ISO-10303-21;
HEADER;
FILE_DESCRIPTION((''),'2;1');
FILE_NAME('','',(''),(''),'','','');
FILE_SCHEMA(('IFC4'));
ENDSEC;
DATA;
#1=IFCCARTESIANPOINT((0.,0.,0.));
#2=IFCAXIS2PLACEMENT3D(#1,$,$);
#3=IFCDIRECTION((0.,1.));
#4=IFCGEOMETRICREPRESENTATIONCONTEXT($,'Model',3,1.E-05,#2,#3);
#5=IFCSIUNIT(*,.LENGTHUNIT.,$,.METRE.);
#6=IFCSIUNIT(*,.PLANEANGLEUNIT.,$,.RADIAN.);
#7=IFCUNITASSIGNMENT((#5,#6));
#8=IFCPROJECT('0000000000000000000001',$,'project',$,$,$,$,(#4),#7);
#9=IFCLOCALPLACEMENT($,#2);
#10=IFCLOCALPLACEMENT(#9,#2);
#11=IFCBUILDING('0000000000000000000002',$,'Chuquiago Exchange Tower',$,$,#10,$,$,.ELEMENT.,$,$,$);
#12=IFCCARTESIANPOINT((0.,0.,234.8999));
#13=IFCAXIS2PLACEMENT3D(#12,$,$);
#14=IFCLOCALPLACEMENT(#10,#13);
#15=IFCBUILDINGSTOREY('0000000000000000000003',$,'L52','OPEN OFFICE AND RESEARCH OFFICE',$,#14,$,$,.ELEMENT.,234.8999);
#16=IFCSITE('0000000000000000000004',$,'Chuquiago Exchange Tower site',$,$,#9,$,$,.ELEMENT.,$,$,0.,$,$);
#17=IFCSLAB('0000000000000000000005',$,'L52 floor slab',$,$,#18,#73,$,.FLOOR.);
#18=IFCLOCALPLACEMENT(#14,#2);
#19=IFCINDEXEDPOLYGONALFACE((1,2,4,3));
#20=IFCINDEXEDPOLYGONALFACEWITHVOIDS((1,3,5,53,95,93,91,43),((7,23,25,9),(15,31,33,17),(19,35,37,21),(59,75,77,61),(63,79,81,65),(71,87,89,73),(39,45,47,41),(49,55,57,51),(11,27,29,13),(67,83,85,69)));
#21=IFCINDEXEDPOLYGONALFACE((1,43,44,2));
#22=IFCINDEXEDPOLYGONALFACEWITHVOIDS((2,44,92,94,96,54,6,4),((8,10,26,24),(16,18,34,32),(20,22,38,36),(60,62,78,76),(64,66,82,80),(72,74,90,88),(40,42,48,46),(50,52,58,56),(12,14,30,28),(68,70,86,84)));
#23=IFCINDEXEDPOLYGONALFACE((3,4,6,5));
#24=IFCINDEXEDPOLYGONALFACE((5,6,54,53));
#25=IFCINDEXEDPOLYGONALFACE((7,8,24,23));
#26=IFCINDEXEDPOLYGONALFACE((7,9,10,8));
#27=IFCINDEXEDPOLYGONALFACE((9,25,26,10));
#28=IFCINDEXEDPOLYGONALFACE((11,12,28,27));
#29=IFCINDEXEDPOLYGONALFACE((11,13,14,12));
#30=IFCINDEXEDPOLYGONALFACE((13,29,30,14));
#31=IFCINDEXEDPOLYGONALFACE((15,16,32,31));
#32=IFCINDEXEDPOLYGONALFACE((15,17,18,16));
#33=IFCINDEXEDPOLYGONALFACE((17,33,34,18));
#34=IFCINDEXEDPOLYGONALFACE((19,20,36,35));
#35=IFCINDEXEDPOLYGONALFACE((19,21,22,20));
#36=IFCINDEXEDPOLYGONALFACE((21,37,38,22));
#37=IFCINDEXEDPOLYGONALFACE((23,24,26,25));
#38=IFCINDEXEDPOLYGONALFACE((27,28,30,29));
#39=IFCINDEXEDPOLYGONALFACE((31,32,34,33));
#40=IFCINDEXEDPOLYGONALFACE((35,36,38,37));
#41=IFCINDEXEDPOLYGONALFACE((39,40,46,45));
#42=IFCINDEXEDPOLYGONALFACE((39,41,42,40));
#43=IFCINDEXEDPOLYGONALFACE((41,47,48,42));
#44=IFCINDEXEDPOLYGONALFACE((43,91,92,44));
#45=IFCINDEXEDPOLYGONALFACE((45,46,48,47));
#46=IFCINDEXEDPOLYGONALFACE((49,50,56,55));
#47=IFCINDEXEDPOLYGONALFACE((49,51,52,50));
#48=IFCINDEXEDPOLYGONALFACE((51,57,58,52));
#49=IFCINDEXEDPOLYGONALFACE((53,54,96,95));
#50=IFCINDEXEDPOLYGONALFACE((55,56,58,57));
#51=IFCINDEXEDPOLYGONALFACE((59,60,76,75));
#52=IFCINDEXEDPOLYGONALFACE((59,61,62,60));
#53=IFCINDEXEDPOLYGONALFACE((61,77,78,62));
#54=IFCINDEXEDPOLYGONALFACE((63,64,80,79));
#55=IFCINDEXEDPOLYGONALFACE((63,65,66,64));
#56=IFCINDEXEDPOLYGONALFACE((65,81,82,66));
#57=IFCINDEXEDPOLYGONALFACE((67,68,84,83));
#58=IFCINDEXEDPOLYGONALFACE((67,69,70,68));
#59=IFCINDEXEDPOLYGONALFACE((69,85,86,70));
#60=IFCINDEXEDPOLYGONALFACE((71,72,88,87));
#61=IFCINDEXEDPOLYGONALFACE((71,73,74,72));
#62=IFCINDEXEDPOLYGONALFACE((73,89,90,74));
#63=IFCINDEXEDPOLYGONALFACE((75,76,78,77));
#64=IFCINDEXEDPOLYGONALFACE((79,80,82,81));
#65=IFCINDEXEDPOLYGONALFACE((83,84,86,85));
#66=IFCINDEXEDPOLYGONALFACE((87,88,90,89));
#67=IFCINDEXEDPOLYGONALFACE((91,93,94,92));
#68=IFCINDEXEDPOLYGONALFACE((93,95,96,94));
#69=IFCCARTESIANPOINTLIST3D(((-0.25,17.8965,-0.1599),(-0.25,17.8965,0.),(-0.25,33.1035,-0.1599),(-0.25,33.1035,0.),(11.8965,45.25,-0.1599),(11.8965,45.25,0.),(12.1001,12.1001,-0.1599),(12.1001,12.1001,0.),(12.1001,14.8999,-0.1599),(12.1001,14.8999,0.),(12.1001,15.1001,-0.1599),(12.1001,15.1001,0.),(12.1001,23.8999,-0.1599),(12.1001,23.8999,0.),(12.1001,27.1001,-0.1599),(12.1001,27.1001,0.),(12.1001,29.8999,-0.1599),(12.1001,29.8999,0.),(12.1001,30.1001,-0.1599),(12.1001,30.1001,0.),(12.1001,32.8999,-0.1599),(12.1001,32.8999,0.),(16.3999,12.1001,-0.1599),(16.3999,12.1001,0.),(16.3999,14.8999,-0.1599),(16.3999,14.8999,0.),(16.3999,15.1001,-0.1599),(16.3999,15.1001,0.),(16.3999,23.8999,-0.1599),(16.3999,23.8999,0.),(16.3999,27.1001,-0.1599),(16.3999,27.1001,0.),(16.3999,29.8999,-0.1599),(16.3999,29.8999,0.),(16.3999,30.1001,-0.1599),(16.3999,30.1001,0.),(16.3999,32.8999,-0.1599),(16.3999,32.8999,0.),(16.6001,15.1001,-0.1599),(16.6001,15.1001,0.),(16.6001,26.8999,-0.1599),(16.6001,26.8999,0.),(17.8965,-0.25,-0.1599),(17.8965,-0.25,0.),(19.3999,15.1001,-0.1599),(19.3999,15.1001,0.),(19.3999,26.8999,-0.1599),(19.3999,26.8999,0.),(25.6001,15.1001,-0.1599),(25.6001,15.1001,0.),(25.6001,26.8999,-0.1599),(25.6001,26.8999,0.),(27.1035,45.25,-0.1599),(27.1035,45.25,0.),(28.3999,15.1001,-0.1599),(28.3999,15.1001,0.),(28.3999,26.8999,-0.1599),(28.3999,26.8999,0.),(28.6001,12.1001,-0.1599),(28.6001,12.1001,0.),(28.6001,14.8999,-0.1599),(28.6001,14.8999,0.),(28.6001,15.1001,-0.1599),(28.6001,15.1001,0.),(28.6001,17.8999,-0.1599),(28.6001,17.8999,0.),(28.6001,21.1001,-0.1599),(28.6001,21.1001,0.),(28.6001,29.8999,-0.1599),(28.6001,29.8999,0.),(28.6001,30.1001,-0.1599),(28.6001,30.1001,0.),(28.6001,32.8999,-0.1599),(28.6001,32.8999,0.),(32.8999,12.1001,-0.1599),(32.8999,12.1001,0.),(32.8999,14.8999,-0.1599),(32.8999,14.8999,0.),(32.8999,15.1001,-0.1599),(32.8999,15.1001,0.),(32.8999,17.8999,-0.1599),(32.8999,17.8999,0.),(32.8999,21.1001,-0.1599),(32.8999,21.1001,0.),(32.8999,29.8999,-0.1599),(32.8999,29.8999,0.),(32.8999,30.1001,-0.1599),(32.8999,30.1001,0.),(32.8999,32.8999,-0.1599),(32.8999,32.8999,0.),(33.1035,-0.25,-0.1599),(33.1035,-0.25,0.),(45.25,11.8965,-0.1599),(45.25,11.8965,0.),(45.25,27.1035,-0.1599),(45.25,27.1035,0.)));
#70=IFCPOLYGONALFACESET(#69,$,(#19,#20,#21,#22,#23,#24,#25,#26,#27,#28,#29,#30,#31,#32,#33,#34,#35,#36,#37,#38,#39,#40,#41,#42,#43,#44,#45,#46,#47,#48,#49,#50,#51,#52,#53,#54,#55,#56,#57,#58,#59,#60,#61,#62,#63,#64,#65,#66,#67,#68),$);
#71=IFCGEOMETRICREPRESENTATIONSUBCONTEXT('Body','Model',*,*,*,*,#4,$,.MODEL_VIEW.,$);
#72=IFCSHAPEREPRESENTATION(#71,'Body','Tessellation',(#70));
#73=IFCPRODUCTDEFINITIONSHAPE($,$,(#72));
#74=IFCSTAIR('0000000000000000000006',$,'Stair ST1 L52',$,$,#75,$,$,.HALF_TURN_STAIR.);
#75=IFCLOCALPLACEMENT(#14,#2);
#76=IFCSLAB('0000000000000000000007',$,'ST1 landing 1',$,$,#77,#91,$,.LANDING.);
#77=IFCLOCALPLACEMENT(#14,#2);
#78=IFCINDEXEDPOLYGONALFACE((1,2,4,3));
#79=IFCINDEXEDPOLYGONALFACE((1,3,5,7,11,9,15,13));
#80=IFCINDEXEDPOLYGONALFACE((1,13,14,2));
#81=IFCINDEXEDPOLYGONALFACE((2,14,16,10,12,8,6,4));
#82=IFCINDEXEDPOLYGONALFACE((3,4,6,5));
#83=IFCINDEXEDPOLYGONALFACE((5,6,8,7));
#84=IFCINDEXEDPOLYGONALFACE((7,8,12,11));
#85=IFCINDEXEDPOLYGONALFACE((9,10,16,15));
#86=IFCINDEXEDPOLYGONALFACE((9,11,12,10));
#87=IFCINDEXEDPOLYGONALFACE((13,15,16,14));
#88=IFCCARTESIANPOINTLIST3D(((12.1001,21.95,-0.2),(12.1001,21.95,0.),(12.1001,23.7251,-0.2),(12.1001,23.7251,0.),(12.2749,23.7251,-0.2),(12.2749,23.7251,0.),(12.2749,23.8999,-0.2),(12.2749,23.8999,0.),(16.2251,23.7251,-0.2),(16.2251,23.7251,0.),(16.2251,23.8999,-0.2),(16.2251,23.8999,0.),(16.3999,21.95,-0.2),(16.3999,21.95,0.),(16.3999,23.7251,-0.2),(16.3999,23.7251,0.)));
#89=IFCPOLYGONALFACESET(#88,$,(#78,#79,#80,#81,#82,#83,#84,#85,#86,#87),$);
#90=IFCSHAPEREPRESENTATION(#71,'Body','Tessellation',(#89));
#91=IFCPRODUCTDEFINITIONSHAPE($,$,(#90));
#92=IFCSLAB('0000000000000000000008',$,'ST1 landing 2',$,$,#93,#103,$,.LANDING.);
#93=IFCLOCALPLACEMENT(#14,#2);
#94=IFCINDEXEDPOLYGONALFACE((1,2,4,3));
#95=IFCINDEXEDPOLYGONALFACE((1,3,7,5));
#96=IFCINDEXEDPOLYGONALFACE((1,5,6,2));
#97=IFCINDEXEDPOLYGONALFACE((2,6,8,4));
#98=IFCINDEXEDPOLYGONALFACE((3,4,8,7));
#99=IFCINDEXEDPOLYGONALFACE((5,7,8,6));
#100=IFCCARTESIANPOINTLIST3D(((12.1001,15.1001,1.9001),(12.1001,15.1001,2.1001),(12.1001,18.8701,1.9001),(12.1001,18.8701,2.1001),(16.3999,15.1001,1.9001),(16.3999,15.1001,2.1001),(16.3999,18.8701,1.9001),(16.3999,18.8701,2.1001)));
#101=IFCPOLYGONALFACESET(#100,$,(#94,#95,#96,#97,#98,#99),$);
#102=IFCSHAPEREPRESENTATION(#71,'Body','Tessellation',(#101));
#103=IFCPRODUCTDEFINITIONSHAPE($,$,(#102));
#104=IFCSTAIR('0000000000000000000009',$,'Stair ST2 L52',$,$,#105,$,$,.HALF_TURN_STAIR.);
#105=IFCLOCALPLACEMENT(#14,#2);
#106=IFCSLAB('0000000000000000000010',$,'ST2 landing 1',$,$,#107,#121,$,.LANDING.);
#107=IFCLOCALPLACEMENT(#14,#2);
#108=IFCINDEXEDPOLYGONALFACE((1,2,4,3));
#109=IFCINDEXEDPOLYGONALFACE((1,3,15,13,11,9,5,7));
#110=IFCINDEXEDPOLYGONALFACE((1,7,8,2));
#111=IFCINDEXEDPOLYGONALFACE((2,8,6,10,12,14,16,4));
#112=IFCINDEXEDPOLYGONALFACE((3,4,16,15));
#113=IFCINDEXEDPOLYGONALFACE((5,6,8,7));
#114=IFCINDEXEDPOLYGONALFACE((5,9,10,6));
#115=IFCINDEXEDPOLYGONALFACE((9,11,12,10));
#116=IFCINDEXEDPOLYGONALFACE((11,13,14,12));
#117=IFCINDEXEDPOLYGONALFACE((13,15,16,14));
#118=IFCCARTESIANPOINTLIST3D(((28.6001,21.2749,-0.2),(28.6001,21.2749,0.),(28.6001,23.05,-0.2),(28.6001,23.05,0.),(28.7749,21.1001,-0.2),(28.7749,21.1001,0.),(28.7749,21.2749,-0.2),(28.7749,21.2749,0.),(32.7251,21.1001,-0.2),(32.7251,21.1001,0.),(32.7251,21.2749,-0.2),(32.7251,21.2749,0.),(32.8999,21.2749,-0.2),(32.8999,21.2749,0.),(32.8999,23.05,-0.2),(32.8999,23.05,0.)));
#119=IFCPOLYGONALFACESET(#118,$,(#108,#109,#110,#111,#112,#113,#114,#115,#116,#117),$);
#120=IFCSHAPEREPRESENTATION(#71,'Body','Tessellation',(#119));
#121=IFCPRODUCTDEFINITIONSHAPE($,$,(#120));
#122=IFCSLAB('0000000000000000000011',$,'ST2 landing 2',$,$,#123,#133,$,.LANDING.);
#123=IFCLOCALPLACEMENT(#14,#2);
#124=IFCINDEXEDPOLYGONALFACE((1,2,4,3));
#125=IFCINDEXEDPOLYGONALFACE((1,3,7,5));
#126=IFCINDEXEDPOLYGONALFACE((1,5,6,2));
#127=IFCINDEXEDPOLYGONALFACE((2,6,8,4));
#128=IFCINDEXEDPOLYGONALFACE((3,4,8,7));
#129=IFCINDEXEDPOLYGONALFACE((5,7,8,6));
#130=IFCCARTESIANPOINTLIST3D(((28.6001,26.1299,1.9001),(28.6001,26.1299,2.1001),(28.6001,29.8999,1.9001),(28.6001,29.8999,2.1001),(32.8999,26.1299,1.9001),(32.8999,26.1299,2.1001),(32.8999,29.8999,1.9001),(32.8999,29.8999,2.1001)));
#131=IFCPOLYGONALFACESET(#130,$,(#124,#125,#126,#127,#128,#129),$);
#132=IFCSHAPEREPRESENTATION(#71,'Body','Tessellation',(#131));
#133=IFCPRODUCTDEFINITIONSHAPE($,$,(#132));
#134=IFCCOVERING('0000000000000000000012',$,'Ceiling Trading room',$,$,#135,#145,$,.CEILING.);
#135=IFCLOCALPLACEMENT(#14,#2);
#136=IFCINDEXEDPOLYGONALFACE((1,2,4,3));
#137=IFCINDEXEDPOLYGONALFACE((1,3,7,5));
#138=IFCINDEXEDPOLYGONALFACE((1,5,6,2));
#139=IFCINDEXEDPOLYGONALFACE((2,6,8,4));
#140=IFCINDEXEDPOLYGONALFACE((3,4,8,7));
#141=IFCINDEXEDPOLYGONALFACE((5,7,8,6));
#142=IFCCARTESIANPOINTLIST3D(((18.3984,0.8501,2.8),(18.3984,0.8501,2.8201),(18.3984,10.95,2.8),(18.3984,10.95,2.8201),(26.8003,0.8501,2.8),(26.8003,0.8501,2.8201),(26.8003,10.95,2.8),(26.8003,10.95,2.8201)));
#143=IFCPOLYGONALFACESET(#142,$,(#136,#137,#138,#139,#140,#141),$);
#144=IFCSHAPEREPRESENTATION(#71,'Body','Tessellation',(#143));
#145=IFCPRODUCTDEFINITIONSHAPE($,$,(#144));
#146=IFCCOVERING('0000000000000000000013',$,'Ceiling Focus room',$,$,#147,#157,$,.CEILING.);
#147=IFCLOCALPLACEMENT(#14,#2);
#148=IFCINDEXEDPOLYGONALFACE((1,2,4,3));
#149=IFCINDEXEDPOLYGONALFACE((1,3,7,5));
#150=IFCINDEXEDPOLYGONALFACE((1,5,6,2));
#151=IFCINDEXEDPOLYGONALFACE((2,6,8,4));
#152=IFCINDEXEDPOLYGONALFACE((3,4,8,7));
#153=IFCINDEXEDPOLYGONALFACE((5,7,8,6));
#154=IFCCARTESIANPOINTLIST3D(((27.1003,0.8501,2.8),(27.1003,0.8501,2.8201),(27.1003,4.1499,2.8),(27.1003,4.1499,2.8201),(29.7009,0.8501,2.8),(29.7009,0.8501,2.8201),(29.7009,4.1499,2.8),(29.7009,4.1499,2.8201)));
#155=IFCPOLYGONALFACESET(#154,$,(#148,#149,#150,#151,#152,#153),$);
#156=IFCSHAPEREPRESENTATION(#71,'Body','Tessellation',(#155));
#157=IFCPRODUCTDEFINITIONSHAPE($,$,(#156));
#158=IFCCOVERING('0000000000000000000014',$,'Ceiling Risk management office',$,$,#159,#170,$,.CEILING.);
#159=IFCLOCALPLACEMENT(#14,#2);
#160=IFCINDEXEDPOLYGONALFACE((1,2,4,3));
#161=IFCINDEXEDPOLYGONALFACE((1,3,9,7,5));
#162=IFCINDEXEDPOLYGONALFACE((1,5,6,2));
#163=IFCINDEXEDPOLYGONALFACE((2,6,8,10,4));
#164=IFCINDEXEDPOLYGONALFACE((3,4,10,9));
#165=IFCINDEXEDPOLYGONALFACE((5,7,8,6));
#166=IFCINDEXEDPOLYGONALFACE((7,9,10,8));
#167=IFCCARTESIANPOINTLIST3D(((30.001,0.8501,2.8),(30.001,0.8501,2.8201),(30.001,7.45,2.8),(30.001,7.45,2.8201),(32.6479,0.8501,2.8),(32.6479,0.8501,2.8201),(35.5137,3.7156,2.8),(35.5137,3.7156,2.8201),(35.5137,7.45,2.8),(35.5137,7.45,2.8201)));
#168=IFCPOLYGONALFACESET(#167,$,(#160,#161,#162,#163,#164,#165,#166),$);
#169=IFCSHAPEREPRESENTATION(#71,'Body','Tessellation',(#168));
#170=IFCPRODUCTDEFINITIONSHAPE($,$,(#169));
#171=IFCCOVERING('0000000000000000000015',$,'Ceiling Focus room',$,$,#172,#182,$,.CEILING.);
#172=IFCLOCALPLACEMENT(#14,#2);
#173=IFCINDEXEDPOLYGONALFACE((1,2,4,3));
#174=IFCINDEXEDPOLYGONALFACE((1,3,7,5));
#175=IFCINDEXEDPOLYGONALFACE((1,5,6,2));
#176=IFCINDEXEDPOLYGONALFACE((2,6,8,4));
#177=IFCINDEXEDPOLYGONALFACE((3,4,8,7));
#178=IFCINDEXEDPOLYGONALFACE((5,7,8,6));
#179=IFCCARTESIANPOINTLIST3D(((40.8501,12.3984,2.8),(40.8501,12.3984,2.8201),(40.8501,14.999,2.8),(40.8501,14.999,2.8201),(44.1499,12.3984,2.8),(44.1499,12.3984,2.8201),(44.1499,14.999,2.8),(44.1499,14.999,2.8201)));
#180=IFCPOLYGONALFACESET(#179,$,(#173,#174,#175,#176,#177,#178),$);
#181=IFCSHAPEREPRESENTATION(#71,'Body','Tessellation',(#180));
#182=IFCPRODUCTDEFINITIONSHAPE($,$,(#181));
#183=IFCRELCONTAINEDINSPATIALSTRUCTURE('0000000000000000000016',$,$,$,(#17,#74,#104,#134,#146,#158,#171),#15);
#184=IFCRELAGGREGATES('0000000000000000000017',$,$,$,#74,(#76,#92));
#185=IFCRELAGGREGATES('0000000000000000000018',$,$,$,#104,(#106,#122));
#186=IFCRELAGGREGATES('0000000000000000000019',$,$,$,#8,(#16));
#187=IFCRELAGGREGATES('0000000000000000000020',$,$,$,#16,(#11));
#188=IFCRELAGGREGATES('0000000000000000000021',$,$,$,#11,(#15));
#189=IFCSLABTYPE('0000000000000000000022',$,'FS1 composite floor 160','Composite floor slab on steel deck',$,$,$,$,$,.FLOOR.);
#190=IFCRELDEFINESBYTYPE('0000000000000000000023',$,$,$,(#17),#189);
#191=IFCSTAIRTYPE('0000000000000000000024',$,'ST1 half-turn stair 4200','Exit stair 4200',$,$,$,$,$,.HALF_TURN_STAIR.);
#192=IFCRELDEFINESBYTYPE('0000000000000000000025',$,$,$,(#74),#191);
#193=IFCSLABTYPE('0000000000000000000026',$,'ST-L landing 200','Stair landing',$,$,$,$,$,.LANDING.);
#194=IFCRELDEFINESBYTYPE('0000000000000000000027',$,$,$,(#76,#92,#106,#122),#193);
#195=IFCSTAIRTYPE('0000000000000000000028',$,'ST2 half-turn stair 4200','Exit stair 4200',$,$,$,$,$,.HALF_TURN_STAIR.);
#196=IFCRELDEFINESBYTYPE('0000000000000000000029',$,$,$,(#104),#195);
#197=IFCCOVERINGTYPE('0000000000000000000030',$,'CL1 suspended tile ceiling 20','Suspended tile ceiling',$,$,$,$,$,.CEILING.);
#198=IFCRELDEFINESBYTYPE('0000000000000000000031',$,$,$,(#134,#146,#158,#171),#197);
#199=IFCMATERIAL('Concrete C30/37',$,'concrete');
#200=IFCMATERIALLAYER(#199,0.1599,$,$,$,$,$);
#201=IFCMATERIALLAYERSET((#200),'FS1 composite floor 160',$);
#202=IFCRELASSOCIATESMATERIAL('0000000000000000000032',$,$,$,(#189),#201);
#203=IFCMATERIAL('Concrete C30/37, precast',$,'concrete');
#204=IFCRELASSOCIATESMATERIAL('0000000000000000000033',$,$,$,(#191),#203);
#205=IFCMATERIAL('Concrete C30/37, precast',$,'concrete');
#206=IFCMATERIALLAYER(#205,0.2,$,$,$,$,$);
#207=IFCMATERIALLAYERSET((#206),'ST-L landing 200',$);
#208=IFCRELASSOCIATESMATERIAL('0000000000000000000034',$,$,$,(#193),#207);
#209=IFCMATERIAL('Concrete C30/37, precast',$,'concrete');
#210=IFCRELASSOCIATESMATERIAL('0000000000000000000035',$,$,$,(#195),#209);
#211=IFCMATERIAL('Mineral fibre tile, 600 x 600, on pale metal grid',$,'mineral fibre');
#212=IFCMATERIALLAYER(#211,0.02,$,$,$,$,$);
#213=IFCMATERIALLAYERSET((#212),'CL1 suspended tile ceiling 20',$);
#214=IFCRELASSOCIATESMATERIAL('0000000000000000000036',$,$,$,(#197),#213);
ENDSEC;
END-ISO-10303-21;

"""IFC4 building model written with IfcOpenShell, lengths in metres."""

from ifc_helpers import new_model, si_unit, direction, frame, origin, place, context, subcontext, project, spatial, polyline, outline, extrude, material, layer, layer_set, type_object, element, aggregate, save


model = new_model("IFC4")

# Units and contexts
model_context = context("Model", 3, precision=1e-05, world=origin(), true_north=direction((0.0, 1.0)))
body_context = subcontext(model_context, "Body", "Model", "MODEL_VIEW")
ifc_project = project(units=[si_unit("LENGTHUNIT", "METRE"), si_unit("PLANEANGLEUNIT", "RADIAN")], contexts=[model_context])

# Site, building, storey
site_placement = place(None, origin())
site = spatial("IfcSite", under=ifc_project, at=site_placement, Name="Chuquiago Exchange Tower site", CompositionType="ELEMENT", RefElevation=0.0)
building_placement = place(site_placement, origin())
building = spatial("IfcBuilding", under=site, at=building_placement, Name="Chuquiago Exchange Tower", CompositionType="ELEMENT")
storey_placement = place(building_placement, frame((0.0, 0.0, 234.8999)))
storey = spatial("IfcBuildingStorey", under=building, at=storey_placement, Name="L52", Description="OPEN OFFICE AND RESEARCH OFFICE", CompositionType="ELEMENT", Elevation=234.8999)

# Slab
ifc_material_1 = material(Name="Concrete C30/37", Category="concrete")
ifc_layer_1 = layer(ifc_material_1, 0.1599)
ifc_layer_set_1 = layer_set([ifc_layer_1], Name="FS1 composite floor 160")
slab_type_1 = type_object("IfcSlabType", Name="FS1 composite floor 160", Description="Composite floor slab on steel deck", PredefinedType="FLOOR", material=ifc_layer_set_1)
slab_1_placement = place(storey_placement, frame((0.0, 0.0, -0.1599)))
element("IfcSlab", 1, at=slab_1_placement, inside=storey, type_object=slab_type_1, Name="L52 floor slab", PredefinedType="FLOOR", context=body_context, shape_type="SweptSolid", body=[
    extrude(outline(polyline([(17.8965, -0.25), (-0.25, 17.8965), (-0.25, 33.1035), (11.8965, 45.25), (27.1035, 45.25), (45.25, 27.1035), (45.25, 11.8965), (33.1035, -0.25), (17.8965, -0.25)]), holes=[polyline([(16.3999, 15.1001), (12.1001, 15.1001), (12.1001, 23.8999), (16.3999, 23.8999), (16.3999, 15.1001)]), polyline([(32.8999, 21.1001), (28.6001, 21.1001), (28.6001, 29.8999), (32.8999, 29.8999), (32.8999, 21.1001)]), polyline([(16.3999, 12.1001), (12.1001, 12.1001), (12.1001, 14.8999), (16.3999, 14.8999), (16.3999, 12.1001)]), polyline([(16.3999, 30.1001), (12.1001, 30.1001), (12.1001, 32.8999), (16.3999, 32.8999), (16.3999, 30.1001)]), polyline([(32.8999, 12.1001), (28.6001, 12.1001), (28.6001, 14.8999), (32.8999, 14.8999), (32.8999, 12.1001)]), polyline([(32.8999, 30.1001), (28.6001, 30.1001), (28.6001, 32.8999), (32.8999, 32.8999), (32.8999, 30.1001)]), polyline([(16.3999, 27.1001), (12.1001, 27.1001), (12.1001, 29.8999), (16.3999, 29.8999), (16.3999, 27.1001)]), polyline([(32.8999, 15.1001), (28.6001, 15.1001), (28.6001, 17.8999), (32.8999, 17.8999), (32.8999, 15.1001)]), polyline([(19.3999, 15.1001), (16.6001, 15.1001), (16.6001, 26.8999), (19.3999, 26.8999), (19.3999, 15.1001)]), polyline([(28.3999, 15.1001), (25.6001, 15.1001), (25.6001, 26.8999), (28.3999, 26.8999), (28.3999, 15.1001)])]), origin(), (0.0, 0.0, 1.0), 0.1599),
])

# Stairs, slabs
ifc_material_2 = material(Name="Concrete C30/37, precast", Category="concrete")
stair_type_1 = type_object("IfcStairType", Name="ST1 half-turn stair 4200", Description="Exit stair 4200", PredefinedType="HALF_TURN_STAIR", material=ifc_material_2)
stair_1_placement = place(storey_placement, origin())
stair_1 = element("IfcStair", 2, at=stair_1_placement, inside=storey, type_object=stair_type_1, Name="Stair ST1 L52", PredefinedType="HALF_TURN_STAIR")
ifc_material_3 = material(Name="Concrete C30/37, precast", Category="concrete")
ifc_layer_2 = layer(ifc_material_3, 0.2)
ifc_layer_set_2 = layer_set([ifc_layer_2], Name="ST-L landing 200")
slab_type_2 = type_object("IfcSlabType", Name="ST-L landing 200", Description="Stair landing", PredefinedType="LANDING", material=ifc_layer_set_2)
slab_2_placement = place(storey_placement, frame((0.0, 0.0, -0.2)))
slab_2 = element("IfcSlab", 3, at=slab_2_placement, type_object=slab_type_2, Name="ST1 landing 1", PredefinedType="LANDING", context=body_context, shape_type="SweptSolid", body=[
    extrude(outline(polyline([(12.2749, 23.8999), (16.2251, 23.8999), (16.2251, 23.7251), (16.3999, 23.7251), (16.3999, 21.95), (12.1001, 21.95), (12.1001, 23.7251), (12.2749, 23.7251), (12.2749, 23.8999)])), origin(), (0.0, 0.0, 1.0), 0.2),
])
slab_3_placement = place(storey_placement, frame((0.0, 0.0, 1.9001)))
slab_3 = element("IfcSlab", 4, at=slab_3_placement, type_object=slab_type_2, Name="ST1 landing 2", PredefinedType="LANDING", context=body_context, shape_type="SweptSolid", body=[
    extrude(outline(polyline([(12.1001, 18.8701), (16.3999, 18.8701), (16.3999, 15.1001), (12.1001, 15.1001), (12.1001, 18.8701)])), origin(), (0.0, 0.0, 1.0), 0.2),
])
aggregate(stair_1, [slab_2, slab_3])
ifc_material_4 = material(Name="Concrete C30/37, precast", Category="concrete")
stair_type_2 = type_object("IfcStairType", Name="ST2 half-turn stair 4200", Description="Exit stair 4200", PredefinedType="HALF_TURN_STAIR", material=ifc_material_4)
stair_2_placement = place(storey_placement, origin())
stair_2 = element("IfcStair", 5, at=stair_2_placement, inside=storey, type_object=stair_type_2, Name="Stair ST2 L52", PredefinedType="HALF_TURN_STAIR")
slab_4_placement = place(storey_placement, frame((0.0, 0.0, -0.2)))
slab_4 = element("IfcSlab", 6, at=slab_4_placement, type_object=slab_type_2, Name="ST2 landing 1", PredefinedType="LANDING", context=body_context, shape_type="SweptSolid", body=[
    extrude(outline(polyline([(32.7251, 21.2749), (32.7251, 21.1001), (28.7749, 21.1001), (28.7749, 21.2749), (28.6001, 21.2749), (28.6001, 23.05), (32.8999, 23.05), (32.8999, 21.2749), (32.7251, 21.2749)])), origin(), (0.0, 0.0, 1.0), 0.2),
])
slab_5_placement = place(storey_placement, frame((0.0, 0.0, 1.9001)))
slab_5 = element("IfcSlab", 7, at=slab_5_placement, type_object=slab_type_2, Name="ST2 landing 2", PredefinedType="LANDING", context=body_context, shape_type="SweptSolid", body=[
    extrude(outline(polyline([(28.6001, 29.8999), (32.8999, 29.8999), (32.8999, 26.1299), (28.6001, 26.1299), (28.6001, 29.8999)])), origin(), (0.0, 0.0, 1.0), 0.2),
])
aggregate(stair_2, [slab_4, slab_5])

# Coverings
ifc_material_5 = material(Name="Mineral fibre tile, 600 x 600, on pale metal grid", Category="mineral fibre")
ifc_layer_3 = layer(ifc_material_5, 0.02)
ifc_layer_set_3 = layer_set([ifc_layer_3], Name="CL1 suspended tile ceiling 20")
covering_type_1 = type_object("IfcCoveringType", Name="CL1 suspended tile ceiling 20", Description="Suspended tile ceiling", PredefinedType="CEILING", material=ifc_layer_set_3)
covering_1_placement = place(storey_placement, frame((0.0, 0.0, 2.8)))
element("IfcCovering", 8, at=covering_1_placement, inside=storey, type_object=covering_type_1, Name="Ceiling Trading room", PredefinedType="CEILING", context=body_context, shape_type="SweptSolid", body=[
    extrude(outline(polyline([(18.3984, 10.95), (26.8003, 10.95), (26.8003, 0.8501), (18.3984, 0.8501), (18.3984, 10.95)])), origin(), (0.0, 0.0, 1.0), 0.02),
])
covering_2_placement = place(storey_placement, frame((0.0, 0.0, 2.8)))
element("IfcCovering", 9, at=covering_2_placement, inside=storey, type_object=covering_type_1, Name="Ceiling Focus room", PredefinedType="CEILING", context=body_context, shape_type="SweptSolid", body=[
    extrude(outline(polyline([(27.1003, 4.1499), (29.7009, 4.1499), (29.7009, 0.8501), (27.1003, 0.8501), (27.1003, 4.1499)])), origin(), (0.0, 0.0, 1.0), 0.02),
])
covering_3_placement = place(storey_placement, frame((0.0, 0.0, 2.8)))
element("IfcCovering", 10, at=covering_3_placement, inside=storey, type_object=covering_type_1, Name="Ceiling Risk management office", PredefinedType="CEILING", context=body_context, shape_type="SweptSolid", body=[
    extrude(outline(polyline([(30.001, 0.8501), (30.001, 7.45), (35.5137, 7.45), (35.5137, 3.7156), (32.6479, 0.8501), (30.001, 0.8501)])), origin(), (0.0, 0.0, 1.0), 0.02),
])
covering_4_placement = place(storey_placement, frame((0.0, 0.0, 2.8)))
element("IfcCovering", 11, at=covering_4_placement, inside=storey, type_object=covering_type_1, Name="Ceiling Focus room", PredefinedType="CEILING", context=body_context, shape_type="SweptSolid", body=[
    extrude(outline(polyline([(40.8501, 12.3984), (40.8501, 14.999), (44.1499, 14.999), (44.1499, 12.3984), (40.8501, 12.3984)])), origin(), (0.0, 0.0, 1.0), 0.02),
])

save(model, "model.ifc")
